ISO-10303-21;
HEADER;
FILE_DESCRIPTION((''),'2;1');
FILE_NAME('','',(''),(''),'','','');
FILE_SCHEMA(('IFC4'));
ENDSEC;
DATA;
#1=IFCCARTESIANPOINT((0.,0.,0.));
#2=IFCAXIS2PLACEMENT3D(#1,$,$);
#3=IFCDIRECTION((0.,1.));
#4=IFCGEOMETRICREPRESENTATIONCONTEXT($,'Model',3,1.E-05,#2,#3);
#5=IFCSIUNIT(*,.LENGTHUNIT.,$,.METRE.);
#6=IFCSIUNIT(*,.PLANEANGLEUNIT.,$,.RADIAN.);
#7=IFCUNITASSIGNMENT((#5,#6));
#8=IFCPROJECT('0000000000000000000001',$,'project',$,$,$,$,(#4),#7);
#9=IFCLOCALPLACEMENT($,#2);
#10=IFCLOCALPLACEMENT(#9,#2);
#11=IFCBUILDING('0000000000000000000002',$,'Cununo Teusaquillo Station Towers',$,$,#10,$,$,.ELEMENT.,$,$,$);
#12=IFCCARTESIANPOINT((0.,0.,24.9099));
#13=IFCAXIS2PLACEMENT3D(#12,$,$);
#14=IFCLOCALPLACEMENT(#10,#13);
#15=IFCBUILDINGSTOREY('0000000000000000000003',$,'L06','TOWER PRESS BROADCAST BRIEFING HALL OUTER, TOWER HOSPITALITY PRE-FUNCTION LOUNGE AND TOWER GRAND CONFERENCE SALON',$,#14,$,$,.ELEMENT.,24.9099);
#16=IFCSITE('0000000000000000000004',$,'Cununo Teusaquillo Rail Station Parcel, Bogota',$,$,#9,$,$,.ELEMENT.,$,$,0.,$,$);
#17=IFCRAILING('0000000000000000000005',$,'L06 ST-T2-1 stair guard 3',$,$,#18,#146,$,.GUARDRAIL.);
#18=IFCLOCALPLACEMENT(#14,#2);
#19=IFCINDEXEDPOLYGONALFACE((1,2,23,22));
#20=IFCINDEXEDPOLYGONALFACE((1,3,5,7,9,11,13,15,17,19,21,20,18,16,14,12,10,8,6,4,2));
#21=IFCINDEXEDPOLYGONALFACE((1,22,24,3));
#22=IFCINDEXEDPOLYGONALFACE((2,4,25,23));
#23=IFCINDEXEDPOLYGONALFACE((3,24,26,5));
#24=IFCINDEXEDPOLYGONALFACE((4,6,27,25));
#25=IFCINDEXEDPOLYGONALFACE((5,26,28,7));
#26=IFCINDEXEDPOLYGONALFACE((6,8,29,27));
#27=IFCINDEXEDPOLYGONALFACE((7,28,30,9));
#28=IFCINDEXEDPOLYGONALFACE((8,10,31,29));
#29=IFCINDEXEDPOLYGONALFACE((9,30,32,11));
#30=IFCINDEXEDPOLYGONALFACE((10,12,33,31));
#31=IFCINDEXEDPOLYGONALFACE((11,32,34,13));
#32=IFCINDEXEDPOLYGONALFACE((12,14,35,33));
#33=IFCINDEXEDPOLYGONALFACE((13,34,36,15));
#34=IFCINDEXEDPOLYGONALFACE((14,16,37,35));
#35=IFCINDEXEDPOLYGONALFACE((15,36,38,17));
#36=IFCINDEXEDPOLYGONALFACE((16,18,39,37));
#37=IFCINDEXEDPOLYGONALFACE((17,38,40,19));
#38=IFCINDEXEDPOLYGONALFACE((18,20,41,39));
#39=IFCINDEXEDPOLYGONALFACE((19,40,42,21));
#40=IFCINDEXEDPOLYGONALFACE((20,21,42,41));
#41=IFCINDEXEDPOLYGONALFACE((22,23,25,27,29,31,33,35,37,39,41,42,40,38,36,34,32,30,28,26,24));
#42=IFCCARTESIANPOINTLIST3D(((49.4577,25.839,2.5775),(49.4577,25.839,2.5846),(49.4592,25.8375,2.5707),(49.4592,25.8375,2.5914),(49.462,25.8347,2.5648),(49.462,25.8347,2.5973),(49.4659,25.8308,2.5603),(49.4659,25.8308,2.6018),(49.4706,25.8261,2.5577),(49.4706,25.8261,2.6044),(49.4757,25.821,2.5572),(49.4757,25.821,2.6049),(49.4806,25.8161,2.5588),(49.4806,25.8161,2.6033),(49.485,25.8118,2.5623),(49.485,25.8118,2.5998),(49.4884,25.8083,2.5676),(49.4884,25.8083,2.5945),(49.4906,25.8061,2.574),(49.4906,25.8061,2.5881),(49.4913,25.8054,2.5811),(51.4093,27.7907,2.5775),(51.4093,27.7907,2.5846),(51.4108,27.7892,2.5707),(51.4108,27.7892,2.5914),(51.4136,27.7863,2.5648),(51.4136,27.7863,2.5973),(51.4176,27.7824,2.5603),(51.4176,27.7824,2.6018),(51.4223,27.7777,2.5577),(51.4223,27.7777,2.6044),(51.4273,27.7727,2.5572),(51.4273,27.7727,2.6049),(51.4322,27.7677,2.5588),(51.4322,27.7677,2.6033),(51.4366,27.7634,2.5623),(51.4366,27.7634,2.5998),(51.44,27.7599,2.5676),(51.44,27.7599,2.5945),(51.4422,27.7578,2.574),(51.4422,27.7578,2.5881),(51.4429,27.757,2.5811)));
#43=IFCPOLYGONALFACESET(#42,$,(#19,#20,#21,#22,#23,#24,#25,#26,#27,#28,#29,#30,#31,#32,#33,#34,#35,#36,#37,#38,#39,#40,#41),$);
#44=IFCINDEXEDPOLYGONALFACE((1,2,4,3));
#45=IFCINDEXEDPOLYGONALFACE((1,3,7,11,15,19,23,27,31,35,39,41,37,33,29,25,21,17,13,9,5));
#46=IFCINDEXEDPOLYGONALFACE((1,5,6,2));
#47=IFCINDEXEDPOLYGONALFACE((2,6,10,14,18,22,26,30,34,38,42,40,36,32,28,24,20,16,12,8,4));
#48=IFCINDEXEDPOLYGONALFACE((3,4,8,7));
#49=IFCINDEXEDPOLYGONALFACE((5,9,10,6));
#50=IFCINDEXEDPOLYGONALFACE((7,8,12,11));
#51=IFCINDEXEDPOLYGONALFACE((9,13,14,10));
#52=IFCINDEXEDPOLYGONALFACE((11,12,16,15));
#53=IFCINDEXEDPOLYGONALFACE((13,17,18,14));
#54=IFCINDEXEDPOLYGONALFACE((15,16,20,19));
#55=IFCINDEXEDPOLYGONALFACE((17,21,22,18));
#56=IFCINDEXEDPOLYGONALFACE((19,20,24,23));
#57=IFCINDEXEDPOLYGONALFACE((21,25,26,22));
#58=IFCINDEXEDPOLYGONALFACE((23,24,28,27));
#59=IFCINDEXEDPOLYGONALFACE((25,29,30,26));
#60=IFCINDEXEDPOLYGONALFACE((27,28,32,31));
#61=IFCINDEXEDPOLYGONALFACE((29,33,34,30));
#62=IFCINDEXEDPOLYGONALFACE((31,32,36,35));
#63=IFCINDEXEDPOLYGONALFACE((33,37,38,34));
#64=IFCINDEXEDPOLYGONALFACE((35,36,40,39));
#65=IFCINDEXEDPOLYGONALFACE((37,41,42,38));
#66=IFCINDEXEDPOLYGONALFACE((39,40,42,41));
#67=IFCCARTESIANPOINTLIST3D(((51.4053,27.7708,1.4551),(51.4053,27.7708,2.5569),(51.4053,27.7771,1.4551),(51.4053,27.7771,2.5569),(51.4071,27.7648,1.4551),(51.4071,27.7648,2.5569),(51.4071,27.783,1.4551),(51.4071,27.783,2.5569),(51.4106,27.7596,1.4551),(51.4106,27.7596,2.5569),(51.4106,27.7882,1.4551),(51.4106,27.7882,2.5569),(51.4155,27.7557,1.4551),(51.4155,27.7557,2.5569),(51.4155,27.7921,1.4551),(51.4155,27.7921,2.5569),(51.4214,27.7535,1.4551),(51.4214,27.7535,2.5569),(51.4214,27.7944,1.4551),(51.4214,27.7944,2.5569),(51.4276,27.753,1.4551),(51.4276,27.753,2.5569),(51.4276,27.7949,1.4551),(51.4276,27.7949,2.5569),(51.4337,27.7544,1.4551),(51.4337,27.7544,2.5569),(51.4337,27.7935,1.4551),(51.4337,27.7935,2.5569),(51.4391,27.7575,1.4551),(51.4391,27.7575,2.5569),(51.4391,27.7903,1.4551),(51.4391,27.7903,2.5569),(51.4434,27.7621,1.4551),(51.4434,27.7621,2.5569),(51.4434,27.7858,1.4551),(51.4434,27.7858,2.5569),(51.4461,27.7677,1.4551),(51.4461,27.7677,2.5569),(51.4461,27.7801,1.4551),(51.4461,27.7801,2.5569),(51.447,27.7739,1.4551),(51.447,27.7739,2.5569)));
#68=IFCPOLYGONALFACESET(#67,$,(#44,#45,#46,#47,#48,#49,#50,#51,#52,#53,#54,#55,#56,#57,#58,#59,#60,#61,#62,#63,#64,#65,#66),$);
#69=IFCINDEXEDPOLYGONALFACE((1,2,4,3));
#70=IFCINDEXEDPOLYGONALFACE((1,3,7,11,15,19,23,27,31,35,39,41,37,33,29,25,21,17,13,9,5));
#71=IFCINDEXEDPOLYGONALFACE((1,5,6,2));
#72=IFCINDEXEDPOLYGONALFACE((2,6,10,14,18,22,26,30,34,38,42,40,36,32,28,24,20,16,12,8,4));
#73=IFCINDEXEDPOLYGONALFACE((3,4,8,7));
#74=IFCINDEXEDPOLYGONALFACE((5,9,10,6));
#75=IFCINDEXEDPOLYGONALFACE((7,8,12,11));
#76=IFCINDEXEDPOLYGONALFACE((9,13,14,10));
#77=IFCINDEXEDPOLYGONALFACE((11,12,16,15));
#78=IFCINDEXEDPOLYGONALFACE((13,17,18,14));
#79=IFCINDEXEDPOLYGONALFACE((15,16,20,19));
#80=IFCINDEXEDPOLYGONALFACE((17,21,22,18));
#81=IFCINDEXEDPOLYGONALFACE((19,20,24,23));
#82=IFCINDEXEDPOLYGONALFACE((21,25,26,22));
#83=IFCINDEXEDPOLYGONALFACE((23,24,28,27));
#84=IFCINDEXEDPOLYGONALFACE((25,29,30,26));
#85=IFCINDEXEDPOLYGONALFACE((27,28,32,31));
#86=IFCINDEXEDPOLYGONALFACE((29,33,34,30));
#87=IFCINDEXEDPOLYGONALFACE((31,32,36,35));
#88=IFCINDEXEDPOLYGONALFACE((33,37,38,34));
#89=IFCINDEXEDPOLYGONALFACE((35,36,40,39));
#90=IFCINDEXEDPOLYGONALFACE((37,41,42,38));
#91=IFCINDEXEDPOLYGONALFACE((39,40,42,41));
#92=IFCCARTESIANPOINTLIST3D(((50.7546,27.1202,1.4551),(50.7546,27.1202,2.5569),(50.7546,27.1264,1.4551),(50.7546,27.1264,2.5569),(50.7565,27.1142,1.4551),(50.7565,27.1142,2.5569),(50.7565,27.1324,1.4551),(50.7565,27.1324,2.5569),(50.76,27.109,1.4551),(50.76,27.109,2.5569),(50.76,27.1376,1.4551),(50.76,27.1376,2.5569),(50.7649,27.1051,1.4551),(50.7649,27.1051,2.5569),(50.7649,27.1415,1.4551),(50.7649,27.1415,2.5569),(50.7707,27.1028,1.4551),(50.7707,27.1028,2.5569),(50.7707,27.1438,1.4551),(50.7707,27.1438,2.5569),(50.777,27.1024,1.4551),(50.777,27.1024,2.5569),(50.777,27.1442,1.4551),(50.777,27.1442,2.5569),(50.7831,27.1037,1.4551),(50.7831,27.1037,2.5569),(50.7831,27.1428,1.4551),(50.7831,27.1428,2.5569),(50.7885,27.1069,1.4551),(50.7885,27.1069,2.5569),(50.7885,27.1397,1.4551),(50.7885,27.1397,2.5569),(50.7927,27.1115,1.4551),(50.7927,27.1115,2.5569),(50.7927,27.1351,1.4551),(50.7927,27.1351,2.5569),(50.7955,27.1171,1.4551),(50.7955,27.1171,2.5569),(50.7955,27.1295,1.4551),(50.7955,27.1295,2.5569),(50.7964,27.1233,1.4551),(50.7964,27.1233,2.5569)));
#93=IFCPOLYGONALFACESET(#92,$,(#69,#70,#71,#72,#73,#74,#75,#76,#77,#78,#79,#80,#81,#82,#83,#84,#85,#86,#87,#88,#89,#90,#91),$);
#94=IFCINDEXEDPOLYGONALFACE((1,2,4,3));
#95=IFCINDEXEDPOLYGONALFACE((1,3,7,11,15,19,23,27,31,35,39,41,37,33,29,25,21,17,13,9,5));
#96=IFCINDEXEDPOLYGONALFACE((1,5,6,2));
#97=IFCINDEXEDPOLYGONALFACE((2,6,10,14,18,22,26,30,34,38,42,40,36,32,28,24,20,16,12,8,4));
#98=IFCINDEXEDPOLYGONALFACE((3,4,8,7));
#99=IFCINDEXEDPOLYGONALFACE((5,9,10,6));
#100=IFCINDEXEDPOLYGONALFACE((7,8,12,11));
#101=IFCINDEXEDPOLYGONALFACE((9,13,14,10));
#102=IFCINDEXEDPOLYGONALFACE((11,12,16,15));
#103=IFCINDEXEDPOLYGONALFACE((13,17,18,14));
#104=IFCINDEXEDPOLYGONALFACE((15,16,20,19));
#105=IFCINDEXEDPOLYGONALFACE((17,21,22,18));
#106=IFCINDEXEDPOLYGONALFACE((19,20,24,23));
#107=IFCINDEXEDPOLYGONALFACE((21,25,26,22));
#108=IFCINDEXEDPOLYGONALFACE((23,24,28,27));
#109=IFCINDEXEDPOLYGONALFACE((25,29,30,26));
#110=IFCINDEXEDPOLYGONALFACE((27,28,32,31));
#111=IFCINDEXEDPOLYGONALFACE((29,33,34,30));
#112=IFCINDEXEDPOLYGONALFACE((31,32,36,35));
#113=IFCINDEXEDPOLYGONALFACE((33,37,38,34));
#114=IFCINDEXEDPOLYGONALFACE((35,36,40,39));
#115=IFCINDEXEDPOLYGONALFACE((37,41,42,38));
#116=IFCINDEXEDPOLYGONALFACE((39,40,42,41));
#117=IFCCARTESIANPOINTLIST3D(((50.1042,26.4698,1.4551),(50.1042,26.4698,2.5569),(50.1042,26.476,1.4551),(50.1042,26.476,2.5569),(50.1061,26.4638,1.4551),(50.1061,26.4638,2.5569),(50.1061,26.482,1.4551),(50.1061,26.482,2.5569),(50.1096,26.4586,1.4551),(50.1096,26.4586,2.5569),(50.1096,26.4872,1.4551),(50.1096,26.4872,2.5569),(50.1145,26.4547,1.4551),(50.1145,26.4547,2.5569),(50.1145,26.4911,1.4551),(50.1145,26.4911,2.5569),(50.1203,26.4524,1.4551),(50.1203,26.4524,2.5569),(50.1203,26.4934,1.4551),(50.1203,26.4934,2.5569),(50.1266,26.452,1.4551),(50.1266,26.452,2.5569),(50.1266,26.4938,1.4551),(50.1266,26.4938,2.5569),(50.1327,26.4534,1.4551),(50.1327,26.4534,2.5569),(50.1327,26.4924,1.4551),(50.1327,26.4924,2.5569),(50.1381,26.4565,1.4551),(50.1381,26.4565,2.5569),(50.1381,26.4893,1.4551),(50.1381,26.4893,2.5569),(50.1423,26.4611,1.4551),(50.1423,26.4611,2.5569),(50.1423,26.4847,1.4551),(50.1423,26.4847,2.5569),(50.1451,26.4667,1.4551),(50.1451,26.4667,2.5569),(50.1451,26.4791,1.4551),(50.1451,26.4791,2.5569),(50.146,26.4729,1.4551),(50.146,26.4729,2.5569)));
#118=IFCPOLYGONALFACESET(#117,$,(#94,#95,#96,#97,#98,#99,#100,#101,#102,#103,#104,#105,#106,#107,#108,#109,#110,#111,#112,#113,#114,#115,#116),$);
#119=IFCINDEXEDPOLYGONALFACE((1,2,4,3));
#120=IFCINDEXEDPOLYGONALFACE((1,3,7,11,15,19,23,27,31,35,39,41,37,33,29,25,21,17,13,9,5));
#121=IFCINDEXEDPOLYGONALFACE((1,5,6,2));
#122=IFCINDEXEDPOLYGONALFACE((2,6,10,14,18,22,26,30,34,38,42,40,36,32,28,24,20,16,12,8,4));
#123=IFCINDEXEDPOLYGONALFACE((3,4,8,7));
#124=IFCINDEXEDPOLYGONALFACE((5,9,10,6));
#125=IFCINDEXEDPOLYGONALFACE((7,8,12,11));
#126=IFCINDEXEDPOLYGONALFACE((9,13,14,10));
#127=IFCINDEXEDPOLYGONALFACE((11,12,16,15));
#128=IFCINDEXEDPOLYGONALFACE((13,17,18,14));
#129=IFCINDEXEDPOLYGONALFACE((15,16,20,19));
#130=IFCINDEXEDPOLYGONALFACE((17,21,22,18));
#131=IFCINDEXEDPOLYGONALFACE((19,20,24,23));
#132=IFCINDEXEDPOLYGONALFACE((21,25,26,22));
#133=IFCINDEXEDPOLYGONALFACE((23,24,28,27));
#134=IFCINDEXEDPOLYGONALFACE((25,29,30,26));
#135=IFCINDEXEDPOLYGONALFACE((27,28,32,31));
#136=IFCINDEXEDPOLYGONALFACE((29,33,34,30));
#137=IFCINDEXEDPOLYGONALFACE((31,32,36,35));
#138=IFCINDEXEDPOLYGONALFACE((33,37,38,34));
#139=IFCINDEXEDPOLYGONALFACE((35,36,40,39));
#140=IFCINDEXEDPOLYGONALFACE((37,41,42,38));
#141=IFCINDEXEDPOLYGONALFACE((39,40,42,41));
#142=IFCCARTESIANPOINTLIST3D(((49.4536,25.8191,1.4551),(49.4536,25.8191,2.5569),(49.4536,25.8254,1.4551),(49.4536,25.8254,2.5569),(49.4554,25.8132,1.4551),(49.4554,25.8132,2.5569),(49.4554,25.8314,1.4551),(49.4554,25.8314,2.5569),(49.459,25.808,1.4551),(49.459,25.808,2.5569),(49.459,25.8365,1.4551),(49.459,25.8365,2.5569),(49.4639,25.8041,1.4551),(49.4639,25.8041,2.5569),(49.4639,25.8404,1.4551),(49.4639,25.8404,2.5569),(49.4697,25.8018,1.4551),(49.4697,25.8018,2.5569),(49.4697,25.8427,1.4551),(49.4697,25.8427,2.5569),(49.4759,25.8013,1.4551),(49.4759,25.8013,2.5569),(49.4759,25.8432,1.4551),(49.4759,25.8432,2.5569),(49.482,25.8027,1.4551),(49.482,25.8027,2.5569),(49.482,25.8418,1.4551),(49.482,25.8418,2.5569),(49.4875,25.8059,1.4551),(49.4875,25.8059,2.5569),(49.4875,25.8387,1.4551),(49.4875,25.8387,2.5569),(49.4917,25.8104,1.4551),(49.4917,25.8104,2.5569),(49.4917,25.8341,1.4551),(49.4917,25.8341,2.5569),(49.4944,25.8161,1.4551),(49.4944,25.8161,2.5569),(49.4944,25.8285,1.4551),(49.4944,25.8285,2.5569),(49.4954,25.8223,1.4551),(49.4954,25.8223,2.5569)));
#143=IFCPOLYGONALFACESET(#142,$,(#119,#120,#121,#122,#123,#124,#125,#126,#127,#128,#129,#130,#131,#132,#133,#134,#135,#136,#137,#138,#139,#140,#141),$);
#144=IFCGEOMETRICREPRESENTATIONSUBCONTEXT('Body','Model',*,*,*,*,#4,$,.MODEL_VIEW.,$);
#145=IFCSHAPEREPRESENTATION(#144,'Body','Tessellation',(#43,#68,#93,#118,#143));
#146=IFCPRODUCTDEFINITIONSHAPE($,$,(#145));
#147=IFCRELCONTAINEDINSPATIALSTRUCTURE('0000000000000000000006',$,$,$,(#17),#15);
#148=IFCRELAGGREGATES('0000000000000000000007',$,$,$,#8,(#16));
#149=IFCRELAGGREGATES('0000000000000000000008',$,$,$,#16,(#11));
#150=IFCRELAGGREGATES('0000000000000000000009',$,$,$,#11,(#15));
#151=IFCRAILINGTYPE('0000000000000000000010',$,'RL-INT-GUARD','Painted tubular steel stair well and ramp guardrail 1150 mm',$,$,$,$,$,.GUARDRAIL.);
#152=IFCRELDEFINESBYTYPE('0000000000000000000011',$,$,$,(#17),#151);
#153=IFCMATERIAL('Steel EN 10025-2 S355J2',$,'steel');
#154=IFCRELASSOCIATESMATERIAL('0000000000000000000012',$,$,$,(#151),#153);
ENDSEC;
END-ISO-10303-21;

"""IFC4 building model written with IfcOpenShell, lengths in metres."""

from ifc_helpers import new_model, si_unit, direction, frame, origin, origin_2d, place, context, subcontext, project, spatial, circle, extrude, material, type_object, element, save


model = new_model("IFC4")

# Units and contexts
model_context = context("Model", 3, precision=1e-05, world=origin(), true_north=direction((0.0, 1.0)))
body_context = subcontext(model_context, "Body", "Model", "MODEL_VIEW")
ifc_project = project(units=[si_unit("LENGTHUNIT", "METRE"), si_unit("PLANEANGLEUNIT", "RADIAN")], contexts=[model_context])

# Site, building, storey
site_placement = place(None, origin())
site = spatial("IfcSite", under=ifc_project, at=site_placement, Name="Cununo Teusaquillo Rail Station Parcel, Bogota", CompositionType="ELEMENT", RefElevation=0.0)
building_placement = place(site_placement, origin())
building = spatial("IfcBuilding", under=site, at=building_placement, Name="Cununo Teusaquillo Station Towers", CompositionType="ELEMENT")
storey_placement = place(building_placement, frame((0.0, 0.0, 24.9099)))
storey = spatial("IfcBuildingStorey", under=building, at=storey_placement, Name="L06", Description="TOWER PRESS BROADCAST BRIEFING HALL OUTER, TOWER HOSPITALITY PRE-FUNCTION LOUNGE AND TOWER GRAND CONFERENCE SALON", CompositionType="ELEMENT", Elevation=24.9099)

# Railing
ifc_material_1 = material(Name="Steel EN 10025-2 S355J2", Category="steel")
railing_type_1 = type_object("IfcRailingType", Name="RL-INT-GUARD", Description="Painted tubular steel stair well and ramp guardrail 1150 mm", PredefinedType="GUARDRAIL", material=ifc_material_1)
railing_1_placement = place(storey_placement, frame((51.426, 27.7739, 1.4551)))
element("IfcRailing", 1, at=railing_1_placement, inside=storey, type_object=railing_type_1, Name="L06 ST-T2-1 stair guard 3", PredefinedType="GUARDRAIL", context=body_context, shape_type="SweptSolid", body=[
    extrude(circle(Radius=0.0239, at=origin_2d()), frame((0.0, 0.0, 1.126), z_axis=(-0.707107, -0.707107, 0.0), x_axis=(0.707107, -0.707107, 0.0)), (0.0, 0.0, 1.0), 2.76),
    extrude(circle(Radius=0.021, at=origin_2d()), origin(), (0.0, 0.0, 1.0), 1.1018),
    extrude(circle(Radius=0.021, at=origin_2d()), frame((-0.6506, -0.6506, 0.0)), (0.0, 0.0, 1.0), 1.1018),
    extrude(circle(Radius=0.021, at=origin_2d()), frame((-1.301, -1.301, 0.0)), (0.0, 0.0, 1.0), 1.1018),
    extrude(circle(Radius=0.021, at=origin_2d()), frame((-1.9517, -1.9517, 0.0)), (0.0, 0.0, 1.0), 1.1018),
])

save(model, "model.ifc")
